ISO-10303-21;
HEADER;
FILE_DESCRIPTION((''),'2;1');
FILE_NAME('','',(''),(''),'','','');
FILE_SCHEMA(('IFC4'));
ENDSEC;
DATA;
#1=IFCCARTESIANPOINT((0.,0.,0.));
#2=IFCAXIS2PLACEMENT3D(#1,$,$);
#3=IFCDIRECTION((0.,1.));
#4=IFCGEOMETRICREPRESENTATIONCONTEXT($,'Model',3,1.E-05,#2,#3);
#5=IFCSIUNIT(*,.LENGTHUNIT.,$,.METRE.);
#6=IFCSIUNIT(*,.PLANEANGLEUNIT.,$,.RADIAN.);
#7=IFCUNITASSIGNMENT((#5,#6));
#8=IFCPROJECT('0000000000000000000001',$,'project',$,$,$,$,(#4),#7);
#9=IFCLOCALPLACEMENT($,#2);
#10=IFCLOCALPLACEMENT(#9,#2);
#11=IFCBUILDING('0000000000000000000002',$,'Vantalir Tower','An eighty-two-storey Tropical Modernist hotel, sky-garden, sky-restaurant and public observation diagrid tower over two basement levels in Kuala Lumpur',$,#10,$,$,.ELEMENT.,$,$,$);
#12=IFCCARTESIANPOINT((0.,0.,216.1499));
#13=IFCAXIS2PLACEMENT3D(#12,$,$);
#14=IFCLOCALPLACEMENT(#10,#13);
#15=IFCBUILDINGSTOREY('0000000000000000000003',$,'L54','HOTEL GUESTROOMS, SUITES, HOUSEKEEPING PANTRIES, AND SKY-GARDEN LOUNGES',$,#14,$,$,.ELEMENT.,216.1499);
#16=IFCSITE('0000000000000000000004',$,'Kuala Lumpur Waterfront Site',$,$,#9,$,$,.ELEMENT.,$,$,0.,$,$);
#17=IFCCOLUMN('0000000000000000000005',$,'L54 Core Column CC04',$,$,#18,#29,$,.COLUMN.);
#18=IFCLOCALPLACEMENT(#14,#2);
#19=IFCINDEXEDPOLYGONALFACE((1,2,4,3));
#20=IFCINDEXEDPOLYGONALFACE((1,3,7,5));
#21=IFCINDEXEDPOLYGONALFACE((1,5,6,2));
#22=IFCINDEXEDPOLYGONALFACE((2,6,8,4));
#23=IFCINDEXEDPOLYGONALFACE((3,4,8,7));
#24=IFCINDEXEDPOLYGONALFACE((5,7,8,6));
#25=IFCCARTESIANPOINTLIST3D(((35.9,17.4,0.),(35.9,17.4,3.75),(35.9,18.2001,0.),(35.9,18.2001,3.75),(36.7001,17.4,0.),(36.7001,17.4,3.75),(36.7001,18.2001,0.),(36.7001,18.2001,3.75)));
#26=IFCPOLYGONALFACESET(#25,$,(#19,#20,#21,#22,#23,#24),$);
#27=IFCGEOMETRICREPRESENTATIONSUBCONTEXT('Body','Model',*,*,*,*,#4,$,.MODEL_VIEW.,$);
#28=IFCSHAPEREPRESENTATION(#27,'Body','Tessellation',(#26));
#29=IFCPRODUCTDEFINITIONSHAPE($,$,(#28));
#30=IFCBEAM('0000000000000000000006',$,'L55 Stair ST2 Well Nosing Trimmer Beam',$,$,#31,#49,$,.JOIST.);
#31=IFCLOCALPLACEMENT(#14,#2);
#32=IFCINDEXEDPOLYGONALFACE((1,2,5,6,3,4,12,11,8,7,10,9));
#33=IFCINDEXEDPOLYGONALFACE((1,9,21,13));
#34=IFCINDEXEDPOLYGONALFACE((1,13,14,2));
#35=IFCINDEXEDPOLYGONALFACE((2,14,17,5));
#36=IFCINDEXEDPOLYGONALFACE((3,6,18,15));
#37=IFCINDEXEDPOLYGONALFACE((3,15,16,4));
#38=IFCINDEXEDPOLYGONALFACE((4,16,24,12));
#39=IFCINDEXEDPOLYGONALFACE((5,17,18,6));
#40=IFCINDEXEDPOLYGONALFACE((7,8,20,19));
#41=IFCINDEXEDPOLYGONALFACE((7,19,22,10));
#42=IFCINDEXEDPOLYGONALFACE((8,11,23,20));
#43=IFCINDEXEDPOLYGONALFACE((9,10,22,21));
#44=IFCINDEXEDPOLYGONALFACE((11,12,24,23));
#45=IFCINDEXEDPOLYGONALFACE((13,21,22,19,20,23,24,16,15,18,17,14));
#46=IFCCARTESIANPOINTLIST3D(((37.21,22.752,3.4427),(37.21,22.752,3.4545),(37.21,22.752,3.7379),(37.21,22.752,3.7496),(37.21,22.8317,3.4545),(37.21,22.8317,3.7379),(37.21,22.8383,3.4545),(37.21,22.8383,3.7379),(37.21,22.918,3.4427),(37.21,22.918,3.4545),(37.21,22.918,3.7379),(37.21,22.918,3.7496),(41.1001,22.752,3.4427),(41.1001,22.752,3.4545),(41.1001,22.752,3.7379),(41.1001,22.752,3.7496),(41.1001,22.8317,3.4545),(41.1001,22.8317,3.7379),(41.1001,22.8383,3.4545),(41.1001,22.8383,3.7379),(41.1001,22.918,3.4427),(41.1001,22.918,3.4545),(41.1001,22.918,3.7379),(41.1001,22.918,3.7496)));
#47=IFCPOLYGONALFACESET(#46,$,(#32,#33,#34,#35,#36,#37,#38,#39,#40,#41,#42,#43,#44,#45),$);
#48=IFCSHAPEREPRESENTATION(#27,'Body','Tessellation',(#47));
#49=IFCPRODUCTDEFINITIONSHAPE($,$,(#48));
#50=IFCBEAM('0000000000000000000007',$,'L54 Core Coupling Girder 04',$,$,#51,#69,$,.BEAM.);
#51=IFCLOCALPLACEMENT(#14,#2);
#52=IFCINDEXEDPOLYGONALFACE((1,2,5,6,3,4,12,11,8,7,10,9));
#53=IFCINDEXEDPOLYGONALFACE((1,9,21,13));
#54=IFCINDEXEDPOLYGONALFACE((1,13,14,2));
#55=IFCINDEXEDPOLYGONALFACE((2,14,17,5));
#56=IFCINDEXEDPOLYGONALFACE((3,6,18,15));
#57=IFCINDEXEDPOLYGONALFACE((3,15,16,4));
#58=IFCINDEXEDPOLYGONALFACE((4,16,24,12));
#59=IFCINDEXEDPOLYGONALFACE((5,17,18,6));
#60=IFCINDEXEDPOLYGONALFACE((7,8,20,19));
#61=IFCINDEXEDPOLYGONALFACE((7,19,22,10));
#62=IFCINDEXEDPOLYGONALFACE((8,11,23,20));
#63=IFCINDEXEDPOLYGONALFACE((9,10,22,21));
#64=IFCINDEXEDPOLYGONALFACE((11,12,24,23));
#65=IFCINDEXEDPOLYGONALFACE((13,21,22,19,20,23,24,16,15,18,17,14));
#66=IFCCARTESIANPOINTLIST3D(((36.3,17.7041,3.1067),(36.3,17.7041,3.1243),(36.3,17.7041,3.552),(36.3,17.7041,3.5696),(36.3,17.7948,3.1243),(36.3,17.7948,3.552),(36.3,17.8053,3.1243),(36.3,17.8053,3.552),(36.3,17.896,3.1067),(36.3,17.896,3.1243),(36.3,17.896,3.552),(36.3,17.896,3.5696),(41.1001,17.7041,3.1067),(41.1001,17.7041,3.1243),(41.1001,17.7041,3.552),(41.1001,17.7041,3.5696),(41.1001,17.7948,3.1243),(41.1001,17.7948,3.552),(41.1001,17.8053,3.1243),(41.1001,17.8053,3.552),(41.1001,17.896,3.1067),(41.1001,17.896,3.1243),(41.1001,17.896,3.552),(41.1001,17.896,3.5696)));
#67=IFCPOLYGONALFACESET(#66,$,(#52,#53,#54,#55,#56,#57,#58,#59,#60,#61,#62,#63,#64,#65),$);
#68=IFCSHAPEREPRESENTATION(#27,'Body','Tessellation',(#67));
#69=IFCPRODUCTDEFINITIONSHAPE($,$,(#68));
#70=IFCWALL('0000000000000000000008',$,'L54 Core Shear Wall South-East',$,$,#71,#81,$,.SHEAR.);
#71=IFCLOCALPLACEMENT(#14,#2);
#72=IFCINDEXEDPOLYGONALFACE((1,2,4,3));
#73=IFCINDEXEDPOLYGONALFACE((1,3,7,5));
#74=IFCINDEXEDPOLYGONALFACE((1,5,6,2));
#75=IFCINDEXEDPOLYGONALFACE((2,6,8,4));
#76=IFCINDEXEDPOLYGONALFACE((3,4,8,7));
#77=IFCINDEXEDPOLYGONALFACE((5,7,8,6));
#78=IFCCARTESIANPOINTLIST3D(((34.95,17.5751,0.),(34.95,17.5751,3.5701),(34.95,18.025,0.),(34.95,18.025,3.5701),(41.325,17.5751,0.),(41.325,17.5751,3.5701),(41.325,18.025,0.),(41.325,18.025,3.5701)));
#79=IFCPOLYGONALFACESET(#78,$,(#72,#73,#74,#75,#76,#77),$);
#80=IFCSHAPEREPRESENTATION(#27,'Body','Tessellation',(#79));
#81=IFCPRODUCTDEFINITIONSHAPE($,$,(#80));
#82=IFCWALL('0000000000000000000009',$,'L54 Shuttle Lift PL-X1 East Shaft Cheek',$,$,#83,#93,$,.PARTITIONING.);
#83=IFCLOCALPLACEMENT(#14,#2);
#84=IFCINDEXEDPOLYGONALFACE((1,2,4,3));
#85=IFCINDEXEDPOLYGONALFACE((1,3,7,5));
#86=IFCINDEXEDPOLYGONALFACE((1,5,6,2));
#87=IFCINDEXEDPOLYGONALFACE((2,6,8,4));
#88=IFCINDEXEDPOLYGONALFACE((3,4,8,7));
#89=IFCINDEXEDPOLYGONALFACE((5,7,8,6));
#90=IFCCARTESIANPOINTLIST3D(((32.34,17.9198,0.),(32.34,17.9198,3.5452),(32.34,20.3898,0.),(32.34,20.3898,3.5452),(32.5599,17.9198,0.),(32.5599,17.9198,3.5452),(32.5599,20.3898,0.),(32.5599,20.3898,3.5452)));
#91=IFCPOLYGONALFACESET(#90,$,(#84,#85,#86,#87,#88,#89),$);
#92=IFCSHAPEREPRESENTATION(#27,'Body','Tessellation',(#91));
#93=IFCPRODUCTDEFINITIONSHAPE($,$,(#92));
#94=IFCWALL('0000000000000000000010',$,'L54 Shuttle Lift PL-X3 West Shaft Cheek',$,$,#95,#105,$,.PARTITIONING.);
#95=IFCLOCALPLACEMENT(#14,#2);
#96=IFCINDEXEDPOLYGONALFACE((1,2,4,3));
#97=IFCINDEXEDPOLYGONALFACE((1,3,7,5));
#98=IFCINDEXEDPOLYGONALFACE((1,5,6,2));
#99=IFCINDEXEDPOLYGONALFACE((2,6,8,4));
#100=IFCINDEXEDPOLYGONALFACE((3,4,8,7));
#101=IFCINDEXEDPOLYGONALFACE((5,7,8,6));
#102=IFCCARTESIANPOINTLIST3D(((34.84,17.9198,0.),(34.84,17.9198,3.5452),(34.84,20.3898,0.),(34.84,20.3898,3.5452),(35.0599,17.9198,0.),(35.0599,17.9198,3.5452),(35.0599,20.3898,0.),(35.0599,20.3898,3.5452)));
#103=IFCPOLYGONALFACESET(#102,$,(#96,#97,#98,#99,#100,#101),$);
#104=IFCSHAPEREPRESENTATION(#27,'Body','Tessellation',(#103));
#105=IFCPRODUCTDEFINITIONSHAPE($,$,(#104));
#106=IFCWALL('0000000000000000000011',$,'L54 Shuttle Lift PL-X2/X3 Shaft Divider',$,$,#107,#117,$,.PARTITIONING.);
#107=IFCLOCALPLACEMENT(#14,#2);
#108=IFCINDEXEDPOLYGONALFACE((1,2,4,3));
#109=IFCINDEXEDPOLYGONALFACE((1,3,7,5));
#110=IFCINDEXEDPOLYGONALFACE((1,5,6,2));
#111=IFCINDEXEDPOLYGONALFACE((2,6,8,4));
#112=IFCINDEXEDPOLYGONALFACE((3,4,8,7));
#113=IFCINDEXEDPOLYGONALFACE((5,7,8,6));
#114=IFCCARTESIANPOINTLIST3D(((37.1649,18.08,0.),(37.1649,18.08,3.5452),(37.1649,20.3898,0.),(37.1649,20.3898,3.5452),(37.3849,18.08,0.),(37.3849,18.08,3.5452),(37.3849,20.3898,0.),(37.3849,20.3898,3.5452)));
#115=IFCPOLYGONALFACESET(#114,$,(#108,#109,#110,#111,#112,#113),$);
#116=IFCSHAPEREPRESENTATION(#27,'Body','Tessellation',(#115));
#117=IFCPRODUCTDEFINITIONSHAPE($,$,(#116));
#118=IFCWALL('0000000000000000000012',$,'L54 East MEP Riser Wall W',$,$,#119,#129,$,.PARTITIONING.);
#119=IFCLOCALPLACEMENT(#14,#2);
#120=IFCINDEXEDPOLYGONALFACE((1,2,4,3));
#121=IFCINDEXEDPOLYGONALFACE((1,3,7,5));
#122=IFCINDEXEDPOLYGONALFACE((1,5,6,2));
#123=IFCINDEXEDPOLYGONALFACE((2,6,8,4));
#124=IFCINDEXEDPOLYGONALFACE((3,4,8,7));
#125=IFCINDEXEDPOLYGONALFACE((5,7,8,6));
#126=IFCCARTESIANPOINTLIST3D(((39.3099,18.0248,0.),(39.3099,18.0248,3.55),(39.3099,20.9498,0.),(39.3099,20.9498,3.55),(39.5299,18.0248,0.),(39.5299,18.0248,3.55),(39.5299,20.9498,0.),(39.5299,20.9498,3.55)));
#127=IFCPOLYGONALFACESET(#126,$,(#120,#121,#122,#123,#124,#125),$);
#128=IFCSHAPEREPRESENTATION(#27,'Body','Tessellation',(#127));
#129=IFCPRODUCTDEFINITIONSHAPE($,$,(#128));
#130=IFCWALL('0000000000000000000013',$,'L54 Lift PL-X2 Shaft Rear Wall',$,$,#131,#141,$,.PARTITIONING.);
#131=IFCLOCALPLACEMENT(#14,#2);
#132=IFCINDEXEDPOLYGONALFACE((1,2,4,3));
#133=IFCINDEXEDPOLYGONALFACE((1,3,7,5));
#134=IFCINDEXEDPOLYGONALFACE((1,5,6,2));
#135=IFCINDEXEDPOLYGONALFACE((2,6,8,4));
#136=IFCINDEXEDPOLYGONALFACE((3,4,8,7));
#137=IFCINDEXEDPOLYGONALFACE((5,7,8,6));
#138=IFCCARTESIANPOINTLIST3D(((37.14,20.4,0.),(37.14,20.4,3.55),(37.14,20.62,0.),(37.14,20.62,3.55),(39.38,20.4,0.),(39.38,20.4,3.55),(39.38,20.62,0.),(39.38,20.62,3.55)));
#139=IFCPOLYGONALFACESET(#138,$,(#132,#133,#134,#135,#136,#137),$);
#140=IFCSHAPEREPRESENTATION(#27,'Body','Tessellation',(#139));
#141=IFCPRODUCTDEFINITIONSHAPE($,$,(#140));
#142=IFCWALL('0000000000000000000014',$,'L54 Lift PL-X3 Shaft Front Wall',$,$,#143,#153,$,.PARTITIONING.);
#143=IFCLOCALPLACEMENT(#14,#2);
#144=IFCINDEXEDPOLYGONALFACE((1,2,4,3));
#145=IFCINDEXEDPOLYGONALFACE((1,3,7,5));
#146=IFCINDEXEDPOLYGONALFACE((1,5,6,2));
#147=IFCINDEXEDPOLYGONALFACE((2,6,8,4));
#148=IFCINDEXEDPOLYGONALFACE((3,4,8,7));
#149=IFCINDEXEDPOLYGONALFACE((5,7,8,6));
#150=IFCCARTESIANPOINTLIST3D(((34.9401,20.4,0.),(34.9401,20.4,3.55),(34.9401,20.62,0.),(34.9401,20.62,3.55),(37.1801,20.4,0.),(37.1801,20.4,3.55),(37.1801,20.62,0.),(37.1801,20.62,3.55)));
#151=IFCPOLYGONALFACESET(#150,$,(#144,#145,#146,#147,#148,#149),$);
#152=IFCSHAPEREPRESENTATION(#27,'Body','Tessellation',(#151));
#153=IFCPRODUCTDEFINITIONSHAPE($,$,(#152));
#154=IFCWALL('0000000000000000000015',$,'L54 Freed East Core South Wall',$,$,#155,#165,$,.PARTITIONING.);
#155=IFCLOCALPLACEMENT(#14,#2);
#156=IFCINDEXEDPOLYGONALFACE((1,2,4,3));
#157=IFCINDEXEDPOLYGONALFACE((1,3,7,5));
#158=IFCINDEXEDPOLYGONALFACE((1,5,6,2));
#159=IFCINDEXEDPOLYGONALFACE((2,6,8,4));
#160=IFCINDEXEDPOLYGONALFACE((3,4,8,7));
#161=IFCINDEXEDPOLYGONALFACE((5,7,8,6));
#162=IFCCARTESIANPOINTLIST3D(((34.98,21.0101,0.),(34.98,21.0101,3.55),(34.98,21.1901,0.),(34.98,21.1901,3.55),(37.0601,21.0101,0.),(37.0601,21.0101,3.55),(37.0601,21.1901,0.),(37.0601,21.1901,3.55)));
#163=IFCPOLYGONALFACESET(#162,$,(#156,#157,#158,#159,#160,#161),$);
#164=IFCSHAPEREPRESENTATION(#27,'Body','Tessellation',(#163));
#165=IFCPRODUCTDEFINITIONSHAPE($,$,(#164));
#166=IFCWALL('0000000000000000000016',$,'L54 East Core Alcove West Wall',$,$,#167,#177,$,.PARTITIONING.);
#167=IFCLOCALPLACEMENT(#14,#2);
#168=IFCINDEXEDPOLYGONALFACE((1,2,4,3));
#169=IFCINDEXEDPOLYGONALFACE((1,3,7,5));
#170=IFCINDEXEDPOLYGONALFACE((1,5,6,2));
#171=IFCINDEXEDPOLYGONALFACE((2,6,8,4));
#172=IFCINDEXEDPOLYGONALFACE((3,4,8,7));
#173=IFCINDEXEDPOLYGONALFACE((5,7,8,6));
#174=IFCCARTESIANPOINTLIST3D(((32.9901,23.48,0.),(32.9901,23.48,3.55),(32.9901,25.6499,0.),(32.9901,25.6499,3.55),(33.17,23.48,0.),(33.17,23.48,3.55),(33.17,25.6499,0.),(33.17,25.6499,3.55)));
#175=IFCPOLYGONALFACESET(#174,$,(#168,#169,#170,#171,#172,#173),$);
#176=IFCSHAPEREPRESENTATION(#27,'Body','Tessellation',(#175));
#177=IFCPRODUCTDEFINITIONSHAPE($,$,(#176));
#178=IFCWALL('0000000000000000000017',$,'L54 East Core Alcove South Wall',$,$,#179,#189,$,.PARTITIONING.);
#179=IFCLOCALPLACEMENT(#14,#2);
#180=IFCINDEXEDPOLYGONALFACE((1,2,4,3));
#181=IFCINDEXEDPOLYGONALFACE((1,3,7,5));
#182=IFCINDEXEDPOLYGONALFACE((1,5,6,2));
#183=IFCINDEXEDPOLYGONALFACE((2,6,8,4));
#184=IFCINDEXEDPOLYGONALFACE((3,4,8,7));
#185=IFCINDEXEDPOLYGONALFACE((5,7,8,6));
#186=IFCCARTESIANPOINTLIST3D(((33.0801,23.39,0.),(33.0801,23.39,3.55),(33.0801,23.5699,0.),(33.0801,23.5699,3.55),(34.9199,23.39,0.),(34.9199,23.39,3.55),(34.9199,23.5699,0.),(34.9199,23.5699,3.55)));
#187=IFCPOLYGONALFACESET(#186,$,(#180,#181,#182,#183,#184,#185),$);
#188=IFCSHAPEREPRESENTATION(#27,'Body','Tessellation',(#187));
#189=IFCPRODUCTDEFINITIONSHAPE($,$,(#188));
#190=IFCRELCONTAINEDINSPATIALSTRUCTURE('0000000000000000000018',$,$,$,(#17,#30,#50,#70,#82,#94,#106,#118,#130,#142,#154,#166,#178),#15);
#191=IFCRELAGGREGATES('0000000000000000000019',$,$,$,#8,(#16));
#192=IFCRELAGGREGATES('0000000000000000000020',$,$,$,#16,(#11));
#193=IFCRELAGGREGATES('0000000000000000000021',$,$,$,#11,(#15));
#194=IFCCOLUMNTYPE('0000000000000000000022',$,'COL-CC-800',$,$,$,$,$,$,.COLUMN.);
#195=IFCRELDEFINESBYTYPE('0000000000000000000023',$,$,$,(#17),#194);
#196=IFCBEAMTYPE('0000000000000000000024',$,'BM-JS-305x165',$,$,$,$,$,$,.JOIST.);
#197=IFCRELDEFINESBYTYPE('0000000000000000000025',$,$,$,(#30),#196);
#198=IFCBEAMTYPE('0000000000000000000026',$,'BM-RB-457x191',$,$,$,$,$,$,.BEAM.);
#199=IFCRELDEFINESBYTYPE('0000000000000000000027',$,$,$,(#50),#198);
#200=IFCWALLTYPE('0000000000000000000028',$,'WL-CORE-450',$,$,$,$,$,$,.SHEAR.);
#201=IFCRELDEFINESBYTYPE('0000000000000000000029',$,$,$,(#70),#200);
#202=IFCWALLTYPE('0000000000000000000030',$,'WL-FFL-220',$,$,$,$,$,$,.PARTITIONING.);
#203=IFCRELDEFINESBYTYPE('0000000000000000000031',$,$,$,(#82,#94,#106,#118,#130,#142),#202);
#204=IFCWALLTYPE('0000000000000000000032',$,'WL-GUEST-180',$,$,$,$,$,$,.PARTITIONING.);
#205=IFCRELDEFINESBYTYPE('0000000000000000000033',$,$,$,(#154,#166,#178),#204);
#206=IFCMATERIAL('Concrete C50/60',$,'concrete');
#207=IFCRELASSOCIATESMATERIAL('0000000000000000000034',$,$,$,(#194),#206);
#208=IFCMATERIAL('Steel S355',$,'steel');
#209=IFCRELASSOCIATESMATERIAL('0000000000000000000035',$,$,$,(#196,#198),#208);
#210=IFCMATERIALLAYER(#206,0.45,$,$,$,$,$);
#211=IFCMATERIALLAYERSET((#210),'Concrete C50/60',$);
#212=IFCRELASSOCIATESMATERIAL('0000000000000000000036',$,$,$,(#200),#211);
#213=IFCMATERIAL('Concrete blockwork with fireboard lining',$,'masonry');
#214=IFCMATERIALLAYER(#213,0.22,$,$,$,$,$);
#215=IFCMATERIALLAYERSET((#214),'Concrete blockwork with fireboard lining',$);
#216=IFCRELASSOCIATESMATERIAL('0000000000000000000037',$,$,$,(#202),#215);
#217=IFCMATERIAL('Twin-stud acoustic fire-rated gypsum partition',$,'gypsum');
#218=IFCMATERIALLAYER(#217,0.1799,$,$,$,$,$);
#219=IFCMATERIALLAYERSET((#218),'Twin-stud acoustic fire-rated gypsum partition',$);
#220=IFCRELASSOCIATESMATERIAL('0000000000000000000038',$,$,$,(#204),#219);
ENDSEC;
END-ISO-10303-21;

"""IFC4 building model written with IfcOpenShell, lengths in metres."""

from ifc_helpers import new_model, si_unit, direction, frame, frame_2d, origin, origin_2d, place, context, subcontext, project, spatial, rectangle, i_section, extrude, material, layer, layer_set, material_profile, profile_set, type_object, element, save


model = new_model("IFC4")

# Units and contexts
model_context = context("Model", 3, precision=1e-05, world=origin(), true_north=direction((0.0, 1.0)))
body_context = subcontext(model_context, "Body", "Model", "MODEL_VIEW")
ifc_project = project(units=[si_unit("LENGTHUNIT", "METRE"), si_unit("PLANEANGLEUNIT", "RADIAN")], contexts=[model_context])

# Site, building, storey
site_placement = place(None, origin())
site = spatial("IfcSite", under=ifc_project, at=site_placement, Name="Kuala Lumpur Waterfront Site", CompositionType="ELEMENT", RefElevation=0.0)
building_placement = place(site_placement, origin())
building = spatial("IfcBuilding", under=site, at=building_placement, Name="Vantalir Tower", Description="An eighty-two-storey Tropical Modernist hotel, sky-garden, sky-restaurant and public observation diagrid tower over two basement levels in Kuala Lumpur", CompositionType="ELEMENT")
storey_placement = place(building_placement, frame((0.0, 0.0, 216.1499)))
storey = spatial("IfcBuildingStorey", under=building, at=storey_placement, Name="L54", Description="HOTEL GUESTROOMS, SUITES, HOUSEKEEPING PANTRIES, AND SKY-GARDEN LOUNGES", CompositionType="ELEMENT", Elevation=216.1499)

# Column
ifc_material_1 = material(Name="Concrete C50/60", Category="concrete")
ifc_material_profile_1 = material_profile(ifc_material_1, rectangle(XDim=0.8, YDim=0.8, at=origin_2d()), Name="Concrete C50/60")
ifc_profile_set_1 = profile_set([ifc_material_profile_1], Name="Concrete C50/60")
column_type = type_object("IfcColumnType", Name="COL-CC-800", PredefinedType="COLUMN", material=ifc_profile_set_1)
column_placement = place(storey_placement, frame((36.3, 17.8, 0.0), z_axis=(0.0, 0.0, 1.0), x_axis=(1.0, 0.0, 0.0)))
element("IfcColumn", 1, at=column_placement, inside=storey, type_object=column_type, Name="L54 Core Column CC04", PredefinedType="COLUMN", context=body_context, shape_type="SweptSolid", body=[
    extrude(rectangle(XDim=0.8, YDim=0.8, at=origin_2d()), origin(), (0.0, 0.0, 1.0), 3.75),
])

# Beams
ifc_material_2 = material(Name="Steel S355", Category="steel")
ifc_material_profile_2 = material_profile(ifc_material_2, i_section(OverallWidth=0.166, OverallDepth=0.3069, WebThickness=0.0066, FlangeThickness=0.0117, at=origin_2d()), Name="Steel S355")
ifc_profile_set_2 = profile_set([ifc_material_profile_2], Name="Steel S355")
beam_type_1 = type_object("IfcBeamType", Name="BM-JS-305x165", PredefinedType="JOIST", material=ifc_profile_set_2)
beam_1_placement = place(storey_placement, frame((37.21, 22.835, 3.5962), z_axis=(1.0, 0.0, 0.0), x_axis=(0.0, 1.0, 0.0)))
element("IfcBeam", 2, at=beam_1_placement, inside=storey, type_object=beam_type_1, Name="L55 Stair ST2 Well Nosing Trimmer Beam", PredefinedType="JOIST", context=body_context, shape_type="SweptSolid", body=[
    extrude(i_section(OverallWidth=0.166, OverallDepth=0.3069, WebThickness=0.0066, FlangeThickness=0.0117, at=origin_2d()), origin(), (0.0, 0.0, 1.0), 3.8901),
])
ifc_material_profile_3 = material_profile(ifc_material_2, i_section(OverallWidth=0.1919, OverallDepth=0.4629, WebThickness=0.0105, FlangeThickness=0.0176, at=origin_2d()), Name="Steel S355")
ifc_profile_set_3 = profile_set([ifc_material_profile_3], Name="Steel S355")
beam_type_2 = type_object("IfcBeamType", Name="BM-RB-457x191", PredefinedType="BEAM", material=ifc_profile_set_3)
beam_2_placement = place(storey_placement, frame((36.3, 17.8, 3.3381), z_axis=(1.0, 0.0, 0.0), x_axis=(0.0, 1.0, 0.0)))
element("IfcBeam", 3, at=beam_2_placement, inside=storey, type_object=beam_type_2, Name="L54 Core Coupling Girder 04", PredefinedType="BEAM", context=body_context, shape_type="SweptSolid", body=[
    extrude(i_section(OverallWidth=0.1919, OverallDepth=0.4629, WebThickness=0.0105, FlangeThickness=0.0176, at=origin_2d()), origin(), (0.0, 0.0, 1.0), 4.8),
])

# Walls
ifc_layer_1 = layer(ifc_material_1, 0.45)
ifc_layer_set_1 = layer_set([ifc_layer_1], Name="Concrete C50/60")
wall_type_1 = type_object("IfcWallType", Name="WL-CORE-450", PredefinedType="SHEAR", material=ifc_layer_set_1)
wall_1_placement = place(storey_placement, frame((34.95, 17.8, 0.0), z_axis=(0.0, 0.0, 1.0), x_axis=(1.0, 0.0, 0.0)))
element("IfcWall", 4, at=wall_1_placement, inside=storey, type_object=wall_type_1, Name="L54 Core Shear Wall South-East", PredefinedType="SHEAR", context=body_context, shape_type="SweptSolid", body=[
    extrude(rectangle(XDim=6.375, YDim=0.45, at=frame_2d((3.1875, 0.0))), origin(), (0.0, 0.0, 1.0), 3.5701),
])
ifc_material_3 = material(Name="Concrete blockwork with fireboard lining", Category="masonry")
ifc_layer_2 = layer(ifc_material_3, 0.22)
ifc_layer_set_2 = layer_set([ifc_layer_2], Name="Concrete blockwork with fireboard lining")
wall_type_2 = type_object("IfcWallType", Name="WL-FFL-220", PredefinedType="PARTITIONING", material=ifc_layer_set_2)
for number, where, z_axis, x_axis, name in (
    (5, (32.45, 17.9199, 0.0), (0.0, 0.0, 1.0), (0.0, 1.0, 0.0), "L54 Shuttle Lift PL-X1 East Shaft Cheek"),
    (6, (34.95, 17.9199, 0.0), (0.0, 0.0, 1.0), (0.0, 1.0, 0.0), "L54 Shuttle Lift PL-X3 West Shaft Cheek"),
):
    element("IfcWall", number, at=place(storey_placement, frame(where, z_axis=z_axis, x_axis=x_axis)), inside=storey, type_object=wall_type_2, Name=name, PredefinedType="PARTITIONING", context=body_context, shape_type="SweptSolid", body=[
        extrude(rectangle(XDim=2.47, YDim=0.22, at=frame_2d((1.2349, 0.0))), origin(), (0.0, 0.0, 1.0), 3.5452),
    ])
wall_2_placement = place(storey_placement, frame((37.2749, 18.0801, 0.0), z_axis=(0.0, 0.0, 1.0), x_axis=(0.0, 1.0, 0.0)))
element("IfcWall", 7, at=wall_2_placement, inside=storey, type_object=wall_type_2, Name="L54 Shuttle Lift PL-X2/X3 Shaft Divider", PredefinedType="PARTITIONING", context=body_context, shape_type="SweptSolid", body=[
    extrude(rectangle(XDim=2.3098, YDim=0.22, at=frame_2d((1.1548, 0.0))), origin(), (0.0, 0.0, 1.0), 3.5452),
])
wall_3_placement = place(storey_placement, frame((39.4199, 18.0249, 0.0), z_axis=(0.0, 0.0, 1.0), x_axis=(0.0, 1.0, 0.0)))
element("IfcWall", 8, at=wall_3_placement, inside=storey, type_object=wall_type_2, Name="L54 East MEP Riser Wall W", PredefinedType="PARTITIONING", context=body_context, shape_type="SweptSolid", body=[
    extrude(rectangle(XDim=2.925, YDim=0.22, at=frame_2d((1.4624, 0.0))), origin(), (0.0, 0.0, 1.0), 3.55),
])
for number, where, z_axis, x_axis, name in (
    (9, (37.1399, 20.51, 0.0), (0.0, 0.0, 1.0), (1.0, 0.0, 0.0), "L54 Lift PL-X2 Shaft Rear Wall"),
    (10, (34.9399, 20.51, 0.0), (0.0, 0.0, 1.0), (1.0, 0.0, 0.0), "L54 Lift PL-X3 Shaft Front Wall"),
):
    element("IfcWall", number, at=place(storey_placement, frame(where, z_axis=z_axis, x_axis=x_axis)), inside=storey, type_object=wall_type_2, Name=name, PredefinedType="PARTITIONING", context=body_context, shape_type="SweptSolid", body=[
        extrude(rectangle(XDim=2.24, YDim=0.22, at=frame_2d((1.1201, 0.0))), origin(), (0.0, 0.0, 1.0), 3.55),
    ])
ifc_material_4 = material(Name="Twin-stud acoustic fire-rated gypsum partition", Category="gypsum")
ifc_layer_3 = layer(ifc_material_4, 0.1799)
ifc_layer_set_3 = layer_set([ifc_layer_3], Name="Twin-stud acoustic fire-rated gypsum partition")
wall_type_3 = type_object("IfcWallType", Name="WL-GUEST-180", PredefinedType="PARTITIONING", material=ifc_layer_set_3)
wall_4_placement = place(storey_placement, frame((34.98, 21.1001, 0.0), z_axis=(0.0, 0.0, 1.0), x_axis=(1.0, 0.0, 0.0)))
element("IfcWall", 11, at=wall_4_placement, inside=storey, type_object=wall_type_3, Name="L54 Freed East Core South Wall", PredefinedType="PARTITIONING", context=body_context, shape_type="SweptSolid", body=[
    extrude(rectangle(XDim=2.0801, YDim=0.1799, at=frame_2d((1.04, 0.0))), origin(), (0.0, 0.0, 1.0), 3.55),
])
wall_5_placement = place(storey_placement, frame((33.0801, 23.48, 0.0), z_axis=(0.0, 0.0, 1.0), x_axis=(0.0, 1.0, 0.0)))
element("IfcWall", 12, at=wall_5_placement, inside=storey, type_object=wall_type_3, Name="L54 East Core Alcove West Wall", PredefinedType="PARTITIONING", context=body_context, shape_type="SweptSolid", body=[
    extrude(rectangle(XDim=2.1699, YDim=0.1799, at=frame_2d((1.085, 0.0))), origin(), (0.0, 0.0, 1.0), 3.55),
])
wall_6_placement = place(storey_placement, frame((33.0801, 23.48, 0.0), z_axis=(0.0, 0.0, 1.0), x_axis=(1.0, 0.0, 0.0)))
element("IfcWall", 13, at=wall_6_placement, inside=storey, type_object=wall_type_3, Name="L54 East Core Alcove South Wall", PredefinedType="PARTITIONING", context=body_context, shape_type="SweptSolid", body=[
    extrude(rectangle(XDim=1.8398, YDim=0.1799, at=frame_2d((0.9199, 0.0))), origin(), (0.0, 0.0, 1.0), 3.55),
])

save(model, "model.ifc")
